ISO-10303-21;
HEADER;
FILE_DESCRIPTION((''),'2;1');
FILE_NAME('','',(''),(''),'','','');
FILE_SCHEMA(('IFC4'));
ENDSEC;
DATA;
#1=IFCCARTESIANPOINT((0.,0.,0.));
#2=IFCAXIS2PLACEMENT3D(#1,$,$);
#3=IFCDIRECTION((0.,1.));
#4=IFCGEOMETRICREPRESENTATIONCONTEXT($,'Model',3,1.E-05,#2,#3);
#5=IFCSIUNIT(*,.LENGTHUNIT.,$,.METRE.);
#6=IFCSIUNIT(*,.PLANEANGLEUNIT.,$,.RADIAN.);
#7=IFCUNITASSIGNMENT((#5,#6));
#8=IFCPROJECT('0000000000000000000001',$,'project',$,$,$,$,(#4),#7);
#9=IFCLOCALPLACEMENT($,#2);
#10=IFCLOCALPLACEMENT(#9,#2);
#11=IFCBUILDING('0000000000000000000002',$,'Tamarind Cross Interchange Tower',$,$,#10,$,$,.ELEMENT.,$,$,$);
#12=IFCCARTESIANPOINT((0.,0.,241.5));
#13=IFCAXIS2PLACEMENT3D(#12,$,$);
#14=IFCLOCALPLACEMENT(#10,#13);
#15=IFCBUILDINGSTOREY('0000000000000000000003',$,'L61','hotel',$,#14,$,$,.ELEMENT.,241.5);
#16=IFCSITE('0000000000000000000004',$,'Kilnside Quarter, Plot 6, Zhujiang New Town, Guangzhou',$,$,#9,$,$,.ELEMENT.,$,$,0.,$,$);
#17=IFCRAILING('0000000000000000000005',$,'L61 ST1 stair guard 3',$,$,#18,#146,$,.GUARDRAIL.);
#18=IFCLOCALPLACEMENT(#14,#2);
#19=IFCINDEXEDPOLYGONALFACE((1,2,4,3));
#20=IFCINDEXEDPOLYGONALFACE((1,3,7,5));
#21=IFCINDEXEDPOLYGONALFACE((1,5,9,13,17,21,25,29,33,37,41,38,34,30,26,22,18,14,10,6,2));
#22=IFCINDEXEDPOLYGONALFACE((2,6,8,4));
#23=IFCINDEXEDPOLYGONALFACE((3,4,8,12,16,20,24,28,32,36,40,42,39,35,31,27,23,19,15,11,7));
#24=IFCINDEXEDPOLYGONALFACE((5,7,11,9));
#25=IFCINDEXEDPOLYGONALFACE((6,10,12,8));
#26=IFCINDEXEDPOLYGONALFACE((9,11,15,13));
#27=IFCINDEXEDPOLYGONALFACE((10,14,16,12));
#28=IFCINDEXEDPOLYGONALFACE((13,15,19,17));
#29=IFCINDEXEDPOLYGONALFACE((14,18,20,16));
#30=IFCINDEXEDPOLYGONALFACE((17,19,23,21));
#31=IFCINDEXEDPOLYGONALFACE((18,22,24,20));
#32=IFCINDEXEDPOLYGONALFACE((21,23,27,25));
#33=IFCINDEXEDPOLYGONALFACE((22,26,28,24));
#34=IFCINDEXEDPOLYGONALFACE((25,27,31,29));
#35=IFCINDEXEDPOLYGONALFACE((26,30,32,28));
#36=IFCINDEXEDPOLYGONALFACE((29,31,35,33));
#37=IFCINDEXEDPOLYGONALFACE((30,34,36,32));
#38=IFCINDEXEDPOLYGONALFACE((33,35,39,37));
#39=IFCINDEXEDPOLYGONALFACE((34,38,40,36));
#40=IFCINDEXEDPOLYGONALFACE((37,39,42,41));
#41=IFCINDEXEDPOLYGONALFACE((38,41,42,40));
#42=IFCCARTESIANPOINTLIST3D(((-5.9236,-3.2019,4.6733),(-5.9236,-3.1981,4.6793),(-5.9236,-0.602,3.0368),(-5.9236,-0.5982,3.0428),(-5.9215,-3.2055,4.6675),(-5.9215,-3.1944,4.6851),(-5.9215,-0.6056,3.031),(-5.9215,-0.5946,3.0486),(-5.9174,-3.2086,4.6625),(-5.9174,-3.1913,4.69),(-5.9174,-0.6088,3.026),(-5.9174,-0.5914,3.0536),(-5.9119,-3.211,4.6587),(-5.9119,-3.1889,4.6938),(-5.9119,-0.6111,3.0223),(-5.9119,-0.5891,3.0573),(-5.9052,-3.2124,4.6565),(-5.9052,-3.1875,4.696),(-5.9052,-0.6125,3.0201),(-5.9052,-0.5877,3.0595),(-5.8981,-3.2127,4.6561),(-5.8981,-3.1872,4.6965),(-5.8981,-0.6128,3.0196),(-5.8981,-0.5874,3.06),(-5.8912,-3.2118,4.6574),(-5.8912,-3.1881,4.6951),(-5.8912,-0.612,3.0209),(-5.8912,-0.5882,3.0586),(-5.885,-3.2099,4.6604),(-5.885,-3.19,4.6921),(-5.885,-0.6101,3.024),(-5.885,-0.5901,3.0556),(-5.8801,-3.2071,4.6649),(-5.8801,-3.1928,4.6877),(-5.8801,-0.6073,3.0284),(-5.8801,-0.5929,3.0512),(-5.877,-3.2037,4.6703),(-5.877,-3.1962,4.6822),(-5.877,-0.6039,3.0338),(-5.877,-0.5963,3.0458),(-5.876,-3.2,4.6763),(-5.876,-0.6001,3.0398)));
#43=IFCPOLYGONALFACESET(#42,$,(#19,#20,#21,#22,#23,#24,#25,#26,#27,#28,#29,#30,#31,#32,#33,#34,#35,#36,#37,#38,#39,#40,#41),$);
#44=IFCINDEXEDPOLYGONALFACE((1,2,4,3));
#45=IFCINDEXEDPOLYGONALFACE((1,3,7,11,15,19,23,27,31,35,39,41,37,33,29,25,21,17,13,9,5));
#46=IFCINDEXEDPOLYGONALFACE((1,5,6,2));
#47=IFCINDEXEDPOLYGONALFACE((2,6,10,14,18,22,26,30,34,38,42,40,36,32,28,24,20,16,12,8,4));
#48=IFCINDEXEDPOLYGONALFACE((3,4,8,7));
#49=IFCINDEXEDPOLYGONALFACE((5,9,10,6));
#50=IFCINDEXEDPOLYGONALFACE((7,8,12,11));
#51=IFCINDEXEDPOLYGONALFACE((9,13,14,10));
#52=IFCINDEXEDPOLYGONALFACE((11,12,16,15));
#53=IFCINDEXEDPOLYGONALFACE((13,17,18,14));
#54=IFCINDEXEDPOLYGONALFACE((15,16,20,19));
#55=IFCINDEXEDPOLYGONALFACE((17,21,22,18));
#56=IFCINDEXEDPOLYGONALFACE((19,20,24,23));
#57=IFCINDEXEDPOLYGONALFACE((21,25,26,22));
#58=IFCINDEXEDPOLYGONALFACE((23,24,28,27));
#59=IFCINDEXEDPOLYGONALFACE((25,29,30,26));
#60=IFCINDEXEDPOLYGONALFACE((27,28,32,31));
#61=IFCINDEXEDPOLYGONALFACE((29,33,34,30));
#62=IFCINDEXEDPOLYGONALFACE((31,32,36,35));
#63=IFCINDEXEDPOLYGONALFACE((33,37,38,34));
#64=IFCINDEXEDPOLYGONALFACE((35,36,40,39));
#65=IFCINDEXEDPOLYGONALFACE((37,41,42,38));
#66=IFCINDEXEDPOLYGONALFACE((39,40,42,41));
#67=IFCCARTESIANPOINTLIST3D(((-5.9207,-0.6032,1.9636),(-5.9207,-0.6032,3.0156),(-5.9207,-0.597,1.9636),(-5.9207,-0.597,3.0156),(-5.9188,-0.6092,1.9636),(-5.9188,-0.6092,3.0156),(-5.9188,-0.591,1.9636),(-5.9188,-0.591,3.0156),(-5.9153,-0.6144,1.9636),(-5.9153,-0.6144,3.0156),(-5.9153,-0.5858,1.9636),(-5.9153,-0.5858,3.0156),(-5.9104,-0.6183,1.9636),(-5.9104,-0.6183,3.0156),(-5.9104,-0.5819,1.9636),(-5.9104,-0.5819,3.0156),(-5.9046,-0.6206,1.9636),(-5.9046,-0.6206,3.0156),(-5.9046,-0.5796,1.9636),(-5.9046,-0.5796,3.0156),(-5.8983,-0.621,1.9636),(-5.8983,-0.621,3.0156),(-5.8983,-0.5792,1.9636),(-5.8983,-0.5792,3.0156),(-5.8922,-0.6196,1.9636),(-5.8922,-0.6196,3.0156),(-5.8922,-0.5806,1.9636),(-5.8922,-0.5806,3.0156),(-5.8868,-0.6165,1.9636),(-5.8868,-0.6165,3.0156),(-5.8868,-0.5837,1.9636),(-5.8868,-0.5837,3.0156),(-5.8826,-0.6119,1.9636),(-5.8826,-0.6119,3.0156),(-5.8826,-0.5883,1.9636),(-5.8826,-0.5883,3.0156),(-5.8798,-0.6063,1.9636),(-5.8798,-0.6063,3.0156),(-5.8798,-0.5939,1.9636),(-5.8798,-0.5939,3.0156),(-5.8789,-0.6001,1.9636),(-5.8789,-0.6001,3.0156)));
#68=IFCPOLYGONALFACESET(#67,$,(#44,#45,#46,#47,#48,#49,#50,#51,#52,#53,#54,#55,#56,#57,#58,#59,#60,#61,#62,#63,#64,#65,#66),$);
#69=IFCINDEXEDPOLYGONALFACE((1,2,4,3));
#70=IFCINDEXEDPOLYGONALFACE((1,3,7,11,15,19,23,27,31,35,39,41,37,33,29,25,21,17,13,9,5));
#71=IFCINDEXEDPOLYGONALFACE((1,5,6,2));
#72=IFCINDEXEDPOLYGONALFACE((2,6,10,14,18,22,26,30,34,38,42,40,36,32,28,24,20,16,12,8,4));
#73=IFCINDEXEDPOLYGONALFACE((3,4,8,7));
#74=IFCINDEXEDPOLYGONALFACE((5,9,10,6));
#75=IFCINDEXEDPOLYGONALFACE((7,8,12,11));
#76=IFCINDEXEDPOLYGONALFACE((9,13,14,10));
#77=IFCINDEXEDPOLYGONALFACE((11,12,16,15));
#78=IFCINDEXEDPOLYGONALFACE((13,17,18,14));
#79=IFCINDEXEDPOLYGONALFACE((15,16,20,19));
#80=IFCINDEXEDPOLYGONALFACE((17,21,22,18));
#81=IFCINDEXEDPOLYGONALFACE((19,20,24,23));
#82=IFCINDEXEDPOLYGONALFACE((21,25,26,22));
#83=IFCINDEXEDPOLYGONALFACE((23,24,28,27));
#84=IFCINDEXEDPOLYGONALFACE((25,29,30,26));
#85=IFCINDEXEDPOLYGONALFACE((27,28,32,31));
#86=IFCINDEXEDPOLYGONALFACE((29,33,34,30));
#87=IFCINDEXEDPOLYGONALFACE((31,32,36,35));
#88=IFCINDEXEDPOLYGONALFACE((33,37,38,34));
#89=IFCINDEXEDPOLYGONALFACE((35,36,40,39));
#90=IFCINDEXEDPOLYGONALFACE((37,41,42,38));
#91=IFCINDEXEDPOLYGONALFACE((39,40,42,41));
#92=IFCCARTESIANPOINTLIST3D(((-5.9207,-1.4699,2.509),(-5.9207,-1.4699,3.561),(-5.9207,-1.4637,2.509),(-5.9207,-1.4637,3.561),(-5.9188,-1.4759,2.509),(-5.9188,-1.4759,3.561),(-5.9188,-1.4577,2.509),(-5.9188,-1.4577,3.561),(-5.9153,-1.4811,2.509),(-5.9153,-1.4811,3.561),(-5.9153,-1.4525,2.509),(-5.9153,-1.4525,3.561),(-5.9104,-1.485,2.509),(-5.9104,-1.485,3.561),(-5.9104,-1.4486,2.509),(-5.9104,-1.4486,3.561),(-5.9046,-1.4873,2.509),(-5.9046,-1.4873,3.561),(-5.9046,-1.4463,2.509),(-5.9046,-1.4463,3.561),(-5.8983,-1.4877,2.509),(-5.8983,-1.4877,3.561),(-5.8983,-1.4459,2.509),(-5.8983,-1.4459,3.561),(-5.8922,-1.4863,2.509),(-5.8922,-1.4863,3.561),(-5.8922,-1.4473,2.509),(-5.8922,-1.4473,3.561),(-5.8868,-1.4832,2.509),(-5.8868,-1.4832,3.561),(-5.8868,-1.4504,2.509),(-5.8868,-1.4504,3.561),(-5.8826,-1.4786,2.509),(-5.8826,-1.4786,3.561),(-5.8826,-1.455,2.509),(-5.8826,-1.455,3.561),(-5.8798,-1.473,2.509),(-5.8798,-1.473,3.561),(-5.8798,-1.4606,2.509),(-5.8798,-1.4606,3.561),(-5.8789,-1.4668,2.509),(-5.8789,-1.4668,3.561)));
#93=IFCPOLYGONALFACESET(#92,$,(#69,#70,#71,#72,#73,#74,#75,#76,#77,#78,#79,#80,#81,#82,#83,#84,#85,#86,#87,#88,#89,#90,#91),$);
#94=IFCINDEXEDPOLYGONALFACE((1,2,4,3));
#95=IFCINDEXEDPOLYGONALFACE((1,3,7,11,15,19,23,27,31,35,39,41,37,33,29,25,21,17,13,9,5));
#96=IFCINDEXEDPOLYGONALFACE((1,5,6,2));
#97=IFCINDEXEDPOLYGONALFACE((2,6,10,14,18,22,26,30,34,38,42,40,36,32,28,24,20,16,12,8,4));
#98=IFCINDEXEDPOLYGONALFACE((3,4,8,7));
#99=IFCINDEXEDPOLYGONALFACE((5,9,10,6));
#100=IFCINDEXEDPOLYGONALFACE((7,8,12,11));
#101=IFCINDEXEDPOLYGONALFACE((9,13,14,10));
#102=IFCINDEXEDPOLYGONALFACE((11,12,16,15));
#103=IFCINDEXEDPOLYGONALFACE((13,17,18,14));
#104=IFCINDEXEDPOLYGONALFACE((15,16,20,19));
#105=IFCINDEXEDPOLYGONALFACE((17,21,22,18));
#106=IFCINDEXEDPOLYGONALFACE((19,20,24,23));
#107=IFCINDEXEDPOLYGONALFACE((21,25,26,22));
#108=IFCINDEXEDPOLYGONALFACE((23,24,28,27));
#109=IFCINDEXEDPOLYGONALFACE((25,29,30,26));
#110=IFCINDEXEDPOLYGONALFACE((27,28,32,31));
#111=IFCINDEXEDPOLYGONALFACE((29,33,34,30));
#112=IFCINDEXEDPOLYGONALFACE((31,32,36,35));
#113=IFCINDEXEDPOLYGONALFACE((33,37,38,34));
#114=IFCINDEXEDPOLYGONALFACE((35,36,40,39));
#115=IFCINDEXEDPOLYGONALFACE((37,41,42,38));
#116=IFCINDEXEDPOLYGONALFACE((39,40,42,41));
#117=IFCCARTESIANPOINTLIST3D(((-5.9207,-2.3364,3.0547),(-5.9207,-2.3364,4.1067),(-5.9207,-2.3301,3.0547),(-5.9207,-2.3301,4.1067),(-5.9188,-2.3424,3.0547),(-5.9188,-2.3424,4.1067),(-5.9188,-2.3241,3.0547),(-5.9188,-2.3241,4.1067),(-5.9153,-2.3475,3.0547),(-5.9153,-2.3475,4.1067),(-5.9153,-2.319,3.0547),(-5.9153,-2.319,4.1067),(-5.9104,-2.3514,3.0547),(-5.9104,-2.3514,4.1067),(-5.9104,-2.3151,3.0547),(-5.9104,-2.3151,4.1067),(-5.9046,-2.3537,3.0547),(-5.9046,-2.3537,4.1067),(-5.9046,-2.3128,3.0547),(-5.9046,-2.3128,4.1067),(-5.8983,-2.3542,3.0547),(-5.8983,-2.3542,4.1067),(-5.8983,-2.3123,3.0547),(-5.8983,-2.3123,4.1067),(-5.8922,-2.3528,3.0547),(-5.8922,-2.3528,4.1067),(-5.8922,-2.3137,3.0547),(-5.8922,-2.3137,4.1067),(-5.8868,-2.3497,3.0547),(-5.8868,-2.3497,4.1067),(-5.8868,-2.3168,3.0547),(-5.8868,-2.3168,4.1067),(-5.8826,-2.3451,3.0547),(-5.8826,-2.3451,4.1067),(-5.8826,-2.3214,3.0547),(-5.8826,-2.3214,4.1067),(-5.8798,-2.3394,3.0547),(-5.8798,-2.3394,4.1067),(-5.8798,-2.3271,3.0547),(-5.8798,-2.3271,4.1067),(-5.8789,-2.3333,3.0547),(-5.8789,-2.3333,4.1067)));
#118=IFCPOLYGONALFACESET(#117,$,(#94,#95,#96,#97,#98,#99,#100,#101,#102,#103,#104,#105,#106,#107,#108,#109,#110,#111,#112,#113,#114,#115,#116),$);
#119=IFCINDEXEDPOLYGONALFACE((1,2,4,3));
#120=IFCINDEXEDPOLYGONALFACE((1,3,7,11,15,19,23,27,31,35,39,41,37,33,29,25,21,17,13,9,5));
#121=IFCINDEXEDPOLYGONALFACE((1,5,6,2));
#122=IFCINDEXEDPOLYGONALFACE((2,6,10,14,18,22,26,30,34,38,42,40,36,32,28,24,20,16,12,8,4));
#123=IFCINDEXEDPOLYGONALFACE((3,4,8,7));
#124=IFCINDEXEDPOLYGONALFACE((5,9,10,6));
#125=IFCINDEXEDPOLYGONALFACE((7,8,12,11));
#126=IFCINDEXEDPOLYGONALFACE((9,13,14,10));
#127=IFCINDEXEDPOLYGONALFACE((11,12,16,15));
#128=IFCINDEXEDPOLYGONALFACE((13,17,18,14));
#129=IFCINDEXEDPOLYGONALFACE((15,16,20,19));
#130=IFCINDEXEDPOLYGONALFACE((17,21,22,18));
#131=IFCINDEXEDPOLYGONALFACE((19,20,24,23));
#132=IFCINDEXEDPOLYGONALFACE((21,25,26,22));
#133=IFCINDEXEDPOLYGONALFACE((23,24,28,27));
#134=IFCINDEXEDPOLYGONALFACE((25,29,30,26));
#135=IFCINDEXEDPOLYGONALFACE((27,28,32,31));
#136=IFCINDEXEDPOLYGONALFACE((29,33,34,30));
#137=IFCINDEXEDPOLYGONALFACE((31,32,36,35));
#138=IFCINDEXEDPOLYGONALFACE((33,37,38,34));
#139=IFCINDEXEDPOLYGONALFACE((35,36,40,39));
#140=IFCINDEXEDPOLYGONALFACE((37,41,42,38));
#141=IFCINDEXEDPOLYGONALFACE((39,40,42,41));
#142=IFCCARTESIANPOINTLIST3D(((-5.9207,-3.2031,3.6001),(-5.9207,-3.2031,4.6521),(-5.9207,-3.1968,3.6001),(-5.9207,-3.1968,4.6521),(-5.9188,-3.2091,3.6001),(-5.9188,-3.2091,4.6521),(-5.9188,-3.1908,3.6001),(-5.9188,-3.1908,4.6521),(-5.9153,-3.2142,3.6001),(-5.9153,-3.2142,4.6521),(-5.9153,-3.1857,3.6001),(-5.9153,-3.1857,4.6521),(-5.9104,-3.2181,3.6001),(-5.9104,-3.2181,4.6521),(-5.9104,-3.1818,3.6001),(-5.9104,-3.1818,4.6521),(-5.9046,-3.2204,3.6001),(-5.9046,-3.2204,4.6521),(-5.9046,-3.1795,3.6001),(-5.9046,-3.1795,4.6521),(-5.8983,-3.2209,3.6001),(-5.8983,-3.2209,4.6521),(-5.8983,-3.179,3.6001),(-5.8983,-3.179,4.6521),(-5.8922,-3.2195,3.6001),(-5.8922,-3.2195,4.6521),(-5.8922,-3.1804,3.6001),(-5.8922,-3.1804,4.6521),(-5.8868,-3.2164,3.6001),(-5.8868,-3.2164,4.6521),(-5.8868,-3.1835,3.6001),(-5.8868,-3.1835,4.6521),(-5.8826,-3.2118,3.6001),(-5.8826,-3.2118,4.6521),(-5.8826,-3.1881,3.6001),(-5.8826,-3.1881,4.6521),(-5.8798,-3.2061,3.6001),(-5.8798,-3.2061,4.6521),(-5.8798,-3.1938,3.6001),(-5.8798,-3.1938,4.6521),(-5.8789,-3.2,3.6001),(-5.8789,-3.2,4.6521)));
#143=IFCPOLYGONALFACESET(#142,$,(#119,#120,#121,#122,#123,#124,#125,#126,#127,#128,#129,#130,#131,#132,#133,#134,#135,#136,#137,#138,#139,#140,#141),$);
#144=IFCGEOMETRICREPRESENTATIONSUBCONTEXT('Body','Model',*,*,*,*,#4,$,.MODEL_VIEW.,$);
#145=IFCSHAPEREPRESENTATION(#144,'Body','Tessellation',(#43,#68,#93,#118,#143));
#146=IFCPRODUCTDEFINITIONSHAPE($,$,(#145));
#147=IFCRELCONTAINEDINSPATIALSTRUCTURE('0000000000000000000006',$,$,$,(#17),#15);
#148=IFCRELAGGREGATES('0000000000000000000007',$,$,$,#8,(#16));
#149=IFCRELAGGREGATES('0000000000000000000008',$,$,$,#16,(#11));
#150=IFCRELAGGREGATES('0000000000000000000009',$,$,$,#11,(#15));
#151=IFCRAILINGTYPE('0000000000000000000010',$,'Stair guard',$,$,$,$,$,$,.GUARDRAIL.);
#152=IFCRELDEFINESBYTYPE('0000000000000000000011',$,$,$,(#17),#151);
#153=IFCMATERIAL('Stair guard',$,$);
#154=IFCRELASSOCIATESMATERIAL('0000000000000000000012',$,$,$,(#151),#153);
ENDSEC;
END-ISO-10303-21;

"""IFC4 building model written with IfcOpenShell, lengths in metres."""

from ifc_helpers import new_model, si_unit, direction, frame, origin, origin_2d, place, context, subcontext, project, spatial, circle, extrude, material, type_object, element, save


model = new_model("IFC4")

# Units and contexts
model_context = context("Model", 3, precision=1e-05, world=origin(), true_north=direction((0.0, 1.0)))
body_context = subcontext(model_context, "Body", "Model", "MODEL_VIEW")
ifc_project = project(units=[si_unit("LENGTHUNIT", "METRE"), si_unit("PLANEANGLEUNIT", "RADIAN")], contexts=[model_context])

# Site, building, storey
site_placement = place(None, origin())
site = spatial("IfcSite", under=ifc_project, at=site_placement, Name="Kilnside Quarter, Plot 6, Zhujiang New Town, Guangzhou", CompositionType="ELEMENT", RefElevation=0.0)
building_placement = place(site_placement, origin())
building = spatial("IfcBuilding", under=site, at=building_placement, Name="Tamarind Cross Interchange Tower", CompositionType="ELEMENT")
storey_placement = place(building_placement, frame((0.0, 0.0, 241.5)))
storey = spatial("IfcBuildingStorey", under=building, at=storey_placement, Name="L61", Description="hotel", CompositionType="ELEMENT", Elevation=241.5)

# Railing
ifc_material_1 = material(Name="Stair guard")
railing_type_1 = type_object("IfcRailingType", Name="Stair guard", PredefinedType="GUARDRAIL", material=ifc_material_1)
railing_1_placement = place(storey_placement, frame((-5.8999, -0.6001, 1.9636)))
element("IfcRailing", 1, at=railing_1_placement, inside=storey, type_object=railing_type_1, Name="L61 ST1 stair guard 3", PredefinedType="GUARDRAIL", context=body_context, shape_type="SweptSolid", body=[
    extrude(circle(Radius=0.0239, at=origin_2d()), frame((0.0, 0.0, 1.0762), z_axis=(0.0, -0.846302, 0.532704), x_axis=(1.0, 0.0, 0.0)), (0.0, 0.0, 1.0), 3.072),
    extrude(circle(Radius=0.021, at=origin_2d()), origin(), (0.0, 0.0, 1.0), 1.052),
    extrude(circle(Radius=0.021, at=origin_2d()), frame((0.0, -0.8667, 0.5454)), (0.0, 0.0, 1.0), 1.052),
    extrude(circle(Radius=0.021, at=origin_2d()), frame((0.0, -1.7332, 1.0911)), (0.0, 0.0, 1.0), 1.052),
    extrude(circle(Radius=0.021, at=origin_2d()), frame((0.0, -2.5999, 1.6365)), (0.0, 0.0, 1.0), 1.052),
])

save(model, "model.ifc")
